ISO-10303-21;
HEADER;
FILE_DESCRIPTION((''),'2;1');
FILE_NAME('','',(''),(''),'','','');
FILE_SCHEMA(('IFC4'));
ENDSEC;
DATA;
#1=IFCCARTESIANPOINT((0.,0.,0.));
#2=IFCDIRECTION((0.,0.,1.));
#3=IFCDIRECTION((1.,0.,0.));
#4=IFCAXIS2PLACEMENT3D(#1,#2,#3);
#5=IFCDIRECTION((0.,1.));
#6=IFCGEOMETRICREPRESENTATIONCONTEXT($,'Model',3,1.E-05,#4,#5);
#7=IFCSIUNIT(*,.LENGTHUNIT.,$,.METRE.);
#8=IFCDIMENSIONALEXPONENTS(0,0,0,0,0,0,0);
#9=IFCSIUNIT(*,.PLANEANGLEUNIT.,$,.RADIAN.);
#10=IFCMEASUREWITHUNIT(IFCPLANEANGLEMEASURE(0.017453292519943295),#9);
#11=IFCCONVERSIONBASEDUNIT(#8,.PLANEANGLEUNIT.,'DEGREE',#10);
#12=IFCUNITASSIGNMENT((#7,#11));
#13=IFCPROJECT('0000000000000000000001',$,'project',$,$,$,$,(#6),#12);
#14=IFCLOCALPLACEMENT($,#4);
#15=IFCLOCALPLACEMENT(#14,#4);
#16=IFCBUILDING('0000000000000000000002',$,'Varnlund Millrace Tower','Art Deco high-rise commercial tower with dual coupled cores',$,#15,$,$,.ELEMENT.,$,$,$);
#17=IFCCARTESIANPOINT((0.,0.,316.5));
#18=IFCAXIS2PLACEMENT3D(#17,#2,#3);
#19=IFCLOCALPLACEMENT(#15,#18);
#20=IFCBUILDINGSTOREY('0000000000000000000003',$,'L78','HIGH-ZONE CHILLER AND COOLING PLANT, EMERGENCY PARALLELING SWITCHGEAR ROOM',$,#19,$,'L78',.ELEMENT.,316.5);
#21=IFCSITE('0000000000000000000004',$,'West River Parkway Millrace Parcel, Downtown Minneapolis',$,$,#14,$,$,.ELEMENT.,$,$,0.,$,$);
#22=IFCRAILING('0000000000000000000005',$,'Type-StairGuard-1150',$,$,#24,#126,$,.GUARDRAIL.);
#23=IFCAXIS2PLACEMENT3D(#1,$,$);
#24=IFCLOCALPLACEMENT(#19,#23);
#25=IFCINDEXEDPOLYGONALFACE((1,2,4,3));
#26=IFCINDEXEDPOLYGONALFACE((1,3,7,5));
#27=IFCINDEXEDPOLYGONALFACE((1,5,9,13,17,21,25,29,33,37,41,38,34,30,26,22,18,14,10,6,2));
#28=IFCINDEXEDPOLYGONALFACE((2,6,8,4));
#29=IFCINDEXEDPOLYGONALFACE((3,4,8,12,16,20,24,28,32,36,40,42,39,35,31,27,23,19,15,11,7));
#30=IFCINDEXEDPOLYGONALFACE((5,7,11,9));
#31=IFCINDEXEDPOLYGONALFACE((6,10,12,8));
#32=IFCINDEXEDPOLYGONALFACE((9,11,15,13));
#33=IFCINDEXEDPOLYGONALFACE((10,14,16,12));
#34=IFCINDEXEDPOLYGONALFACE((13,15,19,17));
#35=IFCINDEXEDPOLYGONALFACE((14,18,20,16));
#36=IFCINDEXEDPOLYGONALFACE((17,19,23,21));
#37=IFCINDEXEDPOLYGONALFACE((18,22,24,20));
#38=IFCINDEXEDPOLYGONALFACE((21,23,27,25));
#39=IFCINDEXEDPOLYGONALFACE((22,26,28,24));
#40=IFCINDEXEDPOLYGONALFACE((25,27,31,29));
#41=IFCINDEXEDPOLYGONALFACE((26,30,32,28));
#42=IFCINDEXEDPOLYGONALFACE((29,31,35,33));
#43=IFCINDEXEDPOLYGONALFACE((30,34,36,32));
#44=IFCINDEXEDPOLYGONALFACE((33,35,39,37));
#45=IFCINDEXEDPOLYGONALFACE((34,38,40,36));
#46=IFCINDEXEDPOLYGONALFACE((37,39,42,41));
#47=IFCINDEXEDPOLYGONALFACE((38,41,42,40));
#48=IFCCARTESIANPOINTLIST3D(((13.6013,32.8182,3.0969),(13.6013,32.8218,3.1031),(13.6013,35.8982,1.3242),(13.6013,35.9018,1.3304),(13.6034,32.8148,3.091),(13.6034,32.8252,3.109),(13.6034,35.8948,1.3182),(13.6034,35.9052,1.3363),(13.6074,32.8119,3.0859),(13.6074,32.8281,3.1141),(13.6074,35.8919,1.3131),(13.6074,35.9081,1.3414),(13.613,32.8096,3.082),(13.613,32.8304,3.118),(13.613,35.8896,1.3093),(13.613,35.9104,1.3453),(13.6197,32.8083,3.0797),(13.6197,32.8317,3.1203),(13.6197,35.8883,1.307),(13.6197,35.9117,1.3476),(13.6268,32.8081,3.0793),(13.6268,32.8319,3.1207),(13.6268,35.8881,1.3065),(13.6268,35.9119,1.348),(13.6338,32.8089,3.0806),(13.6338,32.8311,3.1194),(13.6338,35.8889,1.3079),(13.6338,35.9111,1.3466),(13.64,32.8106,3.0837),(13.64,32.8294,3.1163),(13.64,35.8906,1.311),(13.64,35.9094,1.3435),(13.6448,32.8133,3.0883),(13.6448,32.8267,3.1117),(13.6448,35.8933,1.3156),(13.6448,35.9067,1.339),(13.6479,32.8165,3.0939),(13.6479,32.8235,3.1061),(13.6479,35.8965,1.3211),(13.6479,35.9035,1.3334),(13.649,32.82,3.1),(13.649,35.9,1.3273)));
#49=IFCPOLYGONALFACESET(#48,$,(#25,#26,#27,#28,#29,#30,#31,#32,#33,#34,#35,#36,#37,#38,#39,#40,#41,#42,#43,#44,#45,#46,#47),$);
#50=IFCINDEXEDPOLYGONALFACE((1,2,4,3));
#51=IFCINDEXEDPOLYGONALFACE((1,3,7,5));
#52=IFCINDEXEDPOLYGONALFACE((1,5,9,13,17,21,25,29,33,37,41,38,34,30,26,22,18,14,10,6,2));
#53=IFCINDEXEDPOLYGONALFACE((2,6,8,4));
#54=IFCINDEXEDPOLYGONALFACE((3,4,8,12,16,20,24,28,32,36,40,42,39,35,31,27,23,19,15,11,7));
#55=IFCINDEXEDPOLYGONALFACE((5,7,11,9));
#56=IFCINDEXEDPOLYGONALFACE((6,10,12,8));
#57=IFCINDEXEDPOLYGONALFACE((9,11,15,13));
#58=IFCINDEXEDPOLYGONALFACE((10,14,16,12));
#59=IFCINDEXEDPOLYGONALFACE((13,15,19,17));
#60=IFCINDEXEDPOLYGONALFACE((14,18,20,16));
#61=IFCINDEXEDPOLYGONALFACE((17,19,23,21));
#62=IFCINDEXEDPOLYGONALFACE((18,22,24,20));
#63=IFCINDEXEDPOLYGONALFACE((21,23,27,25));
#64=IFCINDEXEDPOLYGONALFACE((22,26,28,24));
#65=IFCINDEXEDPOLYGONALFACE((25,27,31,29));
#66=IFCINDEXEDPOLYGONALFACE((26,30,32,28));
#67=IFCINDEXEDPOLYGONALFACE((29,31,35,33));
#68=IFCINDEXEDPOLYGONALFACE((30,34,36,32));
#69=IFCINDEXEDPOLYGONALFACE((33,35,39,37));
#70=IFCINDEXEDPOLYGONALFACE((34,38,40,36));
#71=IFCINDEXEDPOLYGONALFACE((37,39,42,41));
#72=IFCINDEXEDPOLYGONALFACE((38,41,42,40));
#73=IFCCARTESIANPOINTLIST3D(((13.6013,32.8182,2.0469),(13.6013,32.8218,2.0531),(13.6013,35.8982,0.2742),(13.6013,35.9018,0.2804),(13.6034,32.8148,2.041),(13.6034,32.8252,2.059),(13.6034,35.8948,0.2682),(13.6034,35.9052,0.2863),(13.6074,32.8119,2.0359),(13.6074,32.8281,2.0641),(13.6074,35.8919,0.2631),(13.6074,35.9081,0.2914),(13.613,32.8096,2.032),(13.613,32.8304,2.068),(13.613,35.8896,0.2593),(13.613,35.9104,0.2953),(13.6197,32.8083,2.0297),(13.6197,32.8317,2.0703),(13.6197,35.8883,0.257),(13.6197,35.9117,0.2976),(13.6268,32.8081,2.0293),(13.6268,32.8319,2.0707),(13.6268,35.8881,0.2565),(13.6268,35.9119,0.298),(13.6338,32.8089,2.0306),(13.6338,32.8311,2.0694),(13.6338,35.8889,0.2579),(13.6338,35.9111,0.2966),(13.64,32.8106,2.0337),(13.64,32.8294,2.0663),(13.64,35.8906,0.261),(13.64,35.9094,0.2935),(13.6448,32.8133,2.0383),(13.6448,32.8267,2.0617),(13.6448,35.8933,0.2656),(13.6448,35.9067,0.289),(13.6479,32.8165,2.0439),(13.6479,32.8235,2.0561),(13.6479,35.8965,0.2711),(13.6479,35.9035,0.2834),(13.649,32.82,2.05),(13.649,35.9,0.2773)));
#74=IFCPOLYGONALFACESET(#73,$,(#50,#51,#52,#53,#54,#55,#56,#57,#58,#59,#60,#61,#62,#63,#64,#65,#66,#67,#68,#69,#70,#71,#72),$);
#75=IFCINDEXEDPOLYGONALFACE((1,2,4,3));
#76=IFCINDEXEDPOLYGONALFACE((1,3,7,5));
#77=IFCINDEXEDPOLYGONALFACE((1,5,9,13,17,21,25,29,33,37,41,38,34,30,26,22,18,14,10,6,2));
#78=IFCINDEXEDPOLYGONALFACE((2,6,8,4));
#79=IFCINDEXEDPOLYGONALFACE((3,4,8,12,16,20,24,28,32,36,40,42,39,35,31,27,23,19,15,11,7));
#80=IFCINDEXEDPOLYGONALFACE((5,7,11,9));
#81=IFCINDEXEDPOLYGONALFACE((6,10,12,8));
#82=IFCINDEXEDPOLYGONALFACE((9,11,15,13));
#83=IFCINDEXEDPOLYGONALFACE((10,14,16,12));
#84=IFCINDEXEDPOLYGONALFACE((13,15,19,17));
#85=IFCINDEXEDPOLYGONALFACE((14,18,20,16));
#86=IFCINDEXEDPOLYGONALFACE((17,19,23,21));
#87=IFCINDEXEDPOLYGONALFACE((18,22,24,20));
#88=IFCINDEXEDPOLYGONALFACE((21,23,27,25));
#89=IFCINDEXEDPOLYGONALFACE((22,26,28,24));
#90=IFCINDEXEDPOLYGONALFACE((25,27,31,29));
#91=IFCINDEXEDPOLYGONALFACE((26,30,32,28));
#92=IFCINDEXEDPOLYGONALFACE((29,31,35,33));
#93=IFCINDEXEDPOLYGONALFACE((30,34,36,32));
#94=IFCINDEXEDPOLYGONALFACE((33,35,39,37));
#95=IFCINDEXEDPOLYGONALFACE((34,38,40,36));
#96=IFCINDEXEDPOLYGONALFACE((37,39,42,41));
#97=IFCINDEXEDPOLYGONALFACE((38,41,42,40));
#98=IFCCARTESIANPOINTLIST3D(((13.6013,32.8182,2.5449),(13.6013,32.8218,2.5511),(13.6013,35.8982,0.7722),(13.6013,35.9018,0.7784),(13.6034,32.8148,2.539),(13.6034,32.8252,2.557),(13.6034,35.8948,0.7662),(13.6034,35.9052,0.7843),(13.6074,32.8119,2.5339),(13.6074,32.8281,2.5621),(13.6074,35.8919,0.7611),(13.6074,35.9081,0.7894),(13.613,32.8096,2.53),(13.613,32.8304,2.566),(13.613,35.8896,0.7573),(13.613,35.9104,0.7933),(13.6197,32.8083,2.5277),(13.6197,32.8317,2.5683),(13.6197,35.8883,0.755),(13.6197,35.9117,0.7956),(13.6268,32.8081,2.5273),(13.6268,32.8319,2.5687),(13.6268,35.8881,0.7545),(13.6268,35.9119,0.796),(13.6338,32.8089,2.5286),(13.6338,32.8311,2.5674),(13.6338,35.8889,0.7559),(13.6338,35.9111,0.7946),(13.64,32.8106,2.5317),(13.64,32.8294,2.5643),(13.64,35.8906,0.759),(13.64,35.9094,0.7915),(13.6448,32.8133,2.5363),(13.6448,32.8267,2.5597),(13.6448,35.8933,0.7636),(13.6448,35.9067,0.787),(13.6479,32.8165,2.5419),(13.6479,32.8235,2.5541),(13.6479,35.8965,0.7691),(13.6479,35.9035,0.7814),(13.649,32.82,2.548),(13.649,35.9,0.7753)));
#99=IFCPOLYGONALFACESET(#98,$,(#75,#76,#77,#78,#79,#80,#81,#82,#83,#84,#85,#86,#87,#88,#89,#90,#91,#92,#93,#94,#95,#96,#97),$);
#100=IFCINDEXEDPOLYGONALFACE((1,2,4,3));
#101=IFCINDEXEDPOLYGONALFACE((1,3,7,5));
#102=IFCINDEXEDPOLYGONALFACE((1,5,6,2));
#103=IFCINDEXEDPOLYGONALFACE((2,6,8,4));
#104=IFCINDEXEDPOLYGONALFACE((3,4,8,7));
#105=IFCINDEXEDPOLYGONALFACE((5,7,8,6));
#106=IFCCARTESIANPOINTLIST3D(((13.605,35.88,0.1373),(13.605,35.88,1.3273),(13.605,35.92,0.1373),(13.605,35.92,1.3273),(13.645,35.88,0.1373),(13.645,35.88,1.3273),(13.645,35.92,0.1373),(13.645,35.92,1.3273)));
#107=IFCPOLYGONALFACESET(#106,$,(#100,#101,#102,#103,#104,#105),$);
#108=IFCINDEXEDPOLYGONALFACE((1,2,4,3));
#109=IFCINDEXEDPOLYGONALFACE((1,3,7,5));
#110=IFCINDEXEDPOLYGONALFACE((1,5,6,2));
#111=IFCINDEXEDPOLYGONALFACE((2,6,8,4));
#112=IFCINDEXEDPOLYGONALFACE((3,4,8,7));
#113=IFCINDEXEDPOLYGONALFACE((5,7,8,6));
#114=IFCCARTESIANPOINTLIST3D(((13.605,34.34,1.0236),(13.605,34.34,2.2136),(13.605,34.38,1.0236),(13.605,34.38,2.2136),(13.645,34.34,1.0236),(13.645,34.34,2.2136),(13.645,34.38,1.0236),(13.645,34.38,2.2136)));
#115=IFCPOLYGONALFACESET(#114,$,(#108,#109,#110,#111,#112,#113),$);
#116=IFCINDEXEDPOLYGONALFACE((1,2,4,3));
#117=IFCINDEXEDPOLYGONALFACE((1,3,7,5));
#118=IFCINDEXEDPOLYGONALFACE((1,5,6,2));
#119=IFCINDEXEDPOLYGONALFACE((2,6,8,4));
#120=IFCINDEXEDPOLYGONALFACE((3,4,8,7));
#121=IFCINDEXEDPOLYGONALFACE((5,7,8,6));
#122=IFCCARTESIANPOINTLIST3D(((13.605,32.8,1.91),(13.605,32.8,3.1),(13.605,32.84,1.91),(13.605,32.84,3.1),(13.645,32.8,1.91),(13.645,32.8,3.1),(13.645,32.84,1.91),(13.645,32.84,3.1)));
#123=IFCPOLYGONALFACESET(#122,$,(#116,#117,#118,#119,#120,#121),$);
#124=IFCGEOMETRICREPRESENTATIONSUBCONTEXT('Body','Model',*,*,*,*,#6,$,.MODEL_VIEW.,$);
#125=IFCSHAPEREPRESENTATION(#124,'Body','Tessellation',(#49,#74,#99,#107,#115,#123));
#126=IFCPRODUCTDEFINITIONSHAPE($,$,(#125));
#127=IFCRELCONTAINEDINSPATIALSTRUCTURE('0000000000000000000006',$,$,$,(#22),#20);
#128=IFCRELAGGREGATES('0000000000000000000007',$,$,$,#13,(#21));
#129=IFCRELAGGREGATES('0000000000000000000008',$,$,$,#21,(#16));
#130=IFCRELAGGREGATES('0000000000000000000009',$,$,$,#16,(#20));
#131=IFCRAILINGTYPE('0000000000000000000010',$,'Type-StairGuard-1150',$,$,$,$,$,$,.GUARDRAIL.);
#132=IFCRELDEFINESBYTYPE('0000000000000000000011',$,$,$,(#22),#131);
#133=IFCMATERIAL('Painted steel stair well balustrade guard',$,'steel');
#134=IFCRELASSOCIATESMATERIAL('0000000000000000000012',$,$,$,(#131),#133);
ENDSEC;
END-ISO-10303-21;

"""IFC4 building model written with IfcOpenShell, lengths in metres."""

from ifc_helpers import new_model, entity, si_unit, converted_unit, direction, frame, origin_with_axes, origin_2d_with_axis, place, context, subcontext, project, spatial, rectangle, circle, extrude, material, type_object, element, save


model = new_model("IFC4")

# Units and contexts
model_context = context("Model", 3, precision=1e-05, world=origin_with_axes(), true_north=direction((0.0, 1.0)))
body_context = subcontext(model_context, "Body", "Model", "MODEL_VIEW")
ifc_project = project(units=[si_unit("LENGTHUNIT", "METRE"), converted_unit("PLANEANGLEUNIT", "DEGREE", entity("IfcPlaneAngleMeasure", 0.017453292519943295), si_unit("PLANEANGLEUNIT", "RADIAN"), dimensions=[0, 0, 0, 0, 0, 0, 0])], contexts=[model_context])

# Site, building, storey
site_placement = place(None, origin_with_axes())
site = spatial("IfcSite", under=ifc_project, at=site_placement, Name="West River Parkway Millrace Parcel, Downtown Minneapolis", CompositionType="ELEMENT", RefElevation=0.0)
building_placement = place(site_placement, origin_with_axes())
building = spatial("IfcBuilding", under=site, at=building_placement, Name="Varnlund Millrace Tower", Description="Art Deco high-rise commercial tower with dual coupled cores", CompositionType="ELEMENT")
storey_placement = place(building_placement, frame((0.0, 0.0, 316.5), z_axis=(0.0, 0.0, 1.0), x_axis=(1.0, 0.0, 0.0)))
storey = spatial("IfcBuildingStorey", under=building, at=storey_placement, Name="L78", Description="HIGH-ZONE CHILLER AND COOLING PLANT, EMERGENCY PARALLELING SWITCHGEAR ROOM", LongName="L78", CompositionType="ELEMENT", Elevation=316.5)

# Railing
ifc_material_1 = material(Name="Painted steel stair well balustrade guard", Category="steel")
railing_type_1 = type_object("IfcRailingType", Name="Type-StairGuard-1150", PredefinedType="GUARDRAIL", material=ifc_material_1)
railing_1_placement = place(storey_placement, frame((0.0, 0.0, -316.5), z_axis=(0.0, 0.0, 1.0), x_axis=(1.0, 0.0, 0.0)))
element("IfcRailing", 1, at=railing_1_placement, inside=storey, type_object=railing_type_1, Name="Type-StairGuard-1150", PredefinedType="GUARDRAIL", context=body_context, shape_type="SweptSolid", body=[
    extrude(circle(Radius=0.024, at=origin_2d_with_axis()), frame((13.625, 35.9, 317.8273), z_axis=(0.0, -0.866696, 0.498836), x_axis=(1.0, 0.0, 0.0)), (0.0, 0.0, 1.0), 3.5537),
    extrude(circle(Radius=0.024, at=origin_2d_with_axis()), frame((13.625, 35.9, 316.7773), z_axis=(0.0, -0.866696, 0.498836), x_axis=(1.0, 0.0, 0.0)), (0.0, 0.0, 1.0), 3.5537),
    extrude(circle(Radius=0.024, at=origin_2d_with_axis()), frame((13.625, 35.9, 317.2753), z_axis=(0.0, -0.866696, 0.498836), x_axis=(1.0, 0.0, 0.0)), (0.0, 0.0, 1.0), 3.5537),
    extrude(rectangle(XDim=0.04, YDim=0.04, at=origin_2d_with_axis()), frame((13.625, 35.9, 316.6373), z_axis=(0.0, 0.0, 1.0), x_axis=(1.0, 0.0, 0.0)), (0.0, 0.0, 1.0), 1.19),
    extrude(rectangle(XDim=0.04, YDim=0.04, at=origin_2d_with_axis()), frame((13.625, 34.36, 317.5236), z_axis=(0.0, 0.0, 1.0), x_axis=(1.0, 0.0, 0.0)), (0.0, 0.0, 1.0), 1.19),
    extrude(rectangle(XDim=0.04, YDim=0.04, at=origin_2d_with_axis()), frame((13.625, 32.82, 318.41), z_axis=(0.0, 0.0, 1.0), x_axis=(1.0, 0.0, 0.0)), (0.0, 0.0, 1.0), 1.19),
])

save(model, "model.ifc")
